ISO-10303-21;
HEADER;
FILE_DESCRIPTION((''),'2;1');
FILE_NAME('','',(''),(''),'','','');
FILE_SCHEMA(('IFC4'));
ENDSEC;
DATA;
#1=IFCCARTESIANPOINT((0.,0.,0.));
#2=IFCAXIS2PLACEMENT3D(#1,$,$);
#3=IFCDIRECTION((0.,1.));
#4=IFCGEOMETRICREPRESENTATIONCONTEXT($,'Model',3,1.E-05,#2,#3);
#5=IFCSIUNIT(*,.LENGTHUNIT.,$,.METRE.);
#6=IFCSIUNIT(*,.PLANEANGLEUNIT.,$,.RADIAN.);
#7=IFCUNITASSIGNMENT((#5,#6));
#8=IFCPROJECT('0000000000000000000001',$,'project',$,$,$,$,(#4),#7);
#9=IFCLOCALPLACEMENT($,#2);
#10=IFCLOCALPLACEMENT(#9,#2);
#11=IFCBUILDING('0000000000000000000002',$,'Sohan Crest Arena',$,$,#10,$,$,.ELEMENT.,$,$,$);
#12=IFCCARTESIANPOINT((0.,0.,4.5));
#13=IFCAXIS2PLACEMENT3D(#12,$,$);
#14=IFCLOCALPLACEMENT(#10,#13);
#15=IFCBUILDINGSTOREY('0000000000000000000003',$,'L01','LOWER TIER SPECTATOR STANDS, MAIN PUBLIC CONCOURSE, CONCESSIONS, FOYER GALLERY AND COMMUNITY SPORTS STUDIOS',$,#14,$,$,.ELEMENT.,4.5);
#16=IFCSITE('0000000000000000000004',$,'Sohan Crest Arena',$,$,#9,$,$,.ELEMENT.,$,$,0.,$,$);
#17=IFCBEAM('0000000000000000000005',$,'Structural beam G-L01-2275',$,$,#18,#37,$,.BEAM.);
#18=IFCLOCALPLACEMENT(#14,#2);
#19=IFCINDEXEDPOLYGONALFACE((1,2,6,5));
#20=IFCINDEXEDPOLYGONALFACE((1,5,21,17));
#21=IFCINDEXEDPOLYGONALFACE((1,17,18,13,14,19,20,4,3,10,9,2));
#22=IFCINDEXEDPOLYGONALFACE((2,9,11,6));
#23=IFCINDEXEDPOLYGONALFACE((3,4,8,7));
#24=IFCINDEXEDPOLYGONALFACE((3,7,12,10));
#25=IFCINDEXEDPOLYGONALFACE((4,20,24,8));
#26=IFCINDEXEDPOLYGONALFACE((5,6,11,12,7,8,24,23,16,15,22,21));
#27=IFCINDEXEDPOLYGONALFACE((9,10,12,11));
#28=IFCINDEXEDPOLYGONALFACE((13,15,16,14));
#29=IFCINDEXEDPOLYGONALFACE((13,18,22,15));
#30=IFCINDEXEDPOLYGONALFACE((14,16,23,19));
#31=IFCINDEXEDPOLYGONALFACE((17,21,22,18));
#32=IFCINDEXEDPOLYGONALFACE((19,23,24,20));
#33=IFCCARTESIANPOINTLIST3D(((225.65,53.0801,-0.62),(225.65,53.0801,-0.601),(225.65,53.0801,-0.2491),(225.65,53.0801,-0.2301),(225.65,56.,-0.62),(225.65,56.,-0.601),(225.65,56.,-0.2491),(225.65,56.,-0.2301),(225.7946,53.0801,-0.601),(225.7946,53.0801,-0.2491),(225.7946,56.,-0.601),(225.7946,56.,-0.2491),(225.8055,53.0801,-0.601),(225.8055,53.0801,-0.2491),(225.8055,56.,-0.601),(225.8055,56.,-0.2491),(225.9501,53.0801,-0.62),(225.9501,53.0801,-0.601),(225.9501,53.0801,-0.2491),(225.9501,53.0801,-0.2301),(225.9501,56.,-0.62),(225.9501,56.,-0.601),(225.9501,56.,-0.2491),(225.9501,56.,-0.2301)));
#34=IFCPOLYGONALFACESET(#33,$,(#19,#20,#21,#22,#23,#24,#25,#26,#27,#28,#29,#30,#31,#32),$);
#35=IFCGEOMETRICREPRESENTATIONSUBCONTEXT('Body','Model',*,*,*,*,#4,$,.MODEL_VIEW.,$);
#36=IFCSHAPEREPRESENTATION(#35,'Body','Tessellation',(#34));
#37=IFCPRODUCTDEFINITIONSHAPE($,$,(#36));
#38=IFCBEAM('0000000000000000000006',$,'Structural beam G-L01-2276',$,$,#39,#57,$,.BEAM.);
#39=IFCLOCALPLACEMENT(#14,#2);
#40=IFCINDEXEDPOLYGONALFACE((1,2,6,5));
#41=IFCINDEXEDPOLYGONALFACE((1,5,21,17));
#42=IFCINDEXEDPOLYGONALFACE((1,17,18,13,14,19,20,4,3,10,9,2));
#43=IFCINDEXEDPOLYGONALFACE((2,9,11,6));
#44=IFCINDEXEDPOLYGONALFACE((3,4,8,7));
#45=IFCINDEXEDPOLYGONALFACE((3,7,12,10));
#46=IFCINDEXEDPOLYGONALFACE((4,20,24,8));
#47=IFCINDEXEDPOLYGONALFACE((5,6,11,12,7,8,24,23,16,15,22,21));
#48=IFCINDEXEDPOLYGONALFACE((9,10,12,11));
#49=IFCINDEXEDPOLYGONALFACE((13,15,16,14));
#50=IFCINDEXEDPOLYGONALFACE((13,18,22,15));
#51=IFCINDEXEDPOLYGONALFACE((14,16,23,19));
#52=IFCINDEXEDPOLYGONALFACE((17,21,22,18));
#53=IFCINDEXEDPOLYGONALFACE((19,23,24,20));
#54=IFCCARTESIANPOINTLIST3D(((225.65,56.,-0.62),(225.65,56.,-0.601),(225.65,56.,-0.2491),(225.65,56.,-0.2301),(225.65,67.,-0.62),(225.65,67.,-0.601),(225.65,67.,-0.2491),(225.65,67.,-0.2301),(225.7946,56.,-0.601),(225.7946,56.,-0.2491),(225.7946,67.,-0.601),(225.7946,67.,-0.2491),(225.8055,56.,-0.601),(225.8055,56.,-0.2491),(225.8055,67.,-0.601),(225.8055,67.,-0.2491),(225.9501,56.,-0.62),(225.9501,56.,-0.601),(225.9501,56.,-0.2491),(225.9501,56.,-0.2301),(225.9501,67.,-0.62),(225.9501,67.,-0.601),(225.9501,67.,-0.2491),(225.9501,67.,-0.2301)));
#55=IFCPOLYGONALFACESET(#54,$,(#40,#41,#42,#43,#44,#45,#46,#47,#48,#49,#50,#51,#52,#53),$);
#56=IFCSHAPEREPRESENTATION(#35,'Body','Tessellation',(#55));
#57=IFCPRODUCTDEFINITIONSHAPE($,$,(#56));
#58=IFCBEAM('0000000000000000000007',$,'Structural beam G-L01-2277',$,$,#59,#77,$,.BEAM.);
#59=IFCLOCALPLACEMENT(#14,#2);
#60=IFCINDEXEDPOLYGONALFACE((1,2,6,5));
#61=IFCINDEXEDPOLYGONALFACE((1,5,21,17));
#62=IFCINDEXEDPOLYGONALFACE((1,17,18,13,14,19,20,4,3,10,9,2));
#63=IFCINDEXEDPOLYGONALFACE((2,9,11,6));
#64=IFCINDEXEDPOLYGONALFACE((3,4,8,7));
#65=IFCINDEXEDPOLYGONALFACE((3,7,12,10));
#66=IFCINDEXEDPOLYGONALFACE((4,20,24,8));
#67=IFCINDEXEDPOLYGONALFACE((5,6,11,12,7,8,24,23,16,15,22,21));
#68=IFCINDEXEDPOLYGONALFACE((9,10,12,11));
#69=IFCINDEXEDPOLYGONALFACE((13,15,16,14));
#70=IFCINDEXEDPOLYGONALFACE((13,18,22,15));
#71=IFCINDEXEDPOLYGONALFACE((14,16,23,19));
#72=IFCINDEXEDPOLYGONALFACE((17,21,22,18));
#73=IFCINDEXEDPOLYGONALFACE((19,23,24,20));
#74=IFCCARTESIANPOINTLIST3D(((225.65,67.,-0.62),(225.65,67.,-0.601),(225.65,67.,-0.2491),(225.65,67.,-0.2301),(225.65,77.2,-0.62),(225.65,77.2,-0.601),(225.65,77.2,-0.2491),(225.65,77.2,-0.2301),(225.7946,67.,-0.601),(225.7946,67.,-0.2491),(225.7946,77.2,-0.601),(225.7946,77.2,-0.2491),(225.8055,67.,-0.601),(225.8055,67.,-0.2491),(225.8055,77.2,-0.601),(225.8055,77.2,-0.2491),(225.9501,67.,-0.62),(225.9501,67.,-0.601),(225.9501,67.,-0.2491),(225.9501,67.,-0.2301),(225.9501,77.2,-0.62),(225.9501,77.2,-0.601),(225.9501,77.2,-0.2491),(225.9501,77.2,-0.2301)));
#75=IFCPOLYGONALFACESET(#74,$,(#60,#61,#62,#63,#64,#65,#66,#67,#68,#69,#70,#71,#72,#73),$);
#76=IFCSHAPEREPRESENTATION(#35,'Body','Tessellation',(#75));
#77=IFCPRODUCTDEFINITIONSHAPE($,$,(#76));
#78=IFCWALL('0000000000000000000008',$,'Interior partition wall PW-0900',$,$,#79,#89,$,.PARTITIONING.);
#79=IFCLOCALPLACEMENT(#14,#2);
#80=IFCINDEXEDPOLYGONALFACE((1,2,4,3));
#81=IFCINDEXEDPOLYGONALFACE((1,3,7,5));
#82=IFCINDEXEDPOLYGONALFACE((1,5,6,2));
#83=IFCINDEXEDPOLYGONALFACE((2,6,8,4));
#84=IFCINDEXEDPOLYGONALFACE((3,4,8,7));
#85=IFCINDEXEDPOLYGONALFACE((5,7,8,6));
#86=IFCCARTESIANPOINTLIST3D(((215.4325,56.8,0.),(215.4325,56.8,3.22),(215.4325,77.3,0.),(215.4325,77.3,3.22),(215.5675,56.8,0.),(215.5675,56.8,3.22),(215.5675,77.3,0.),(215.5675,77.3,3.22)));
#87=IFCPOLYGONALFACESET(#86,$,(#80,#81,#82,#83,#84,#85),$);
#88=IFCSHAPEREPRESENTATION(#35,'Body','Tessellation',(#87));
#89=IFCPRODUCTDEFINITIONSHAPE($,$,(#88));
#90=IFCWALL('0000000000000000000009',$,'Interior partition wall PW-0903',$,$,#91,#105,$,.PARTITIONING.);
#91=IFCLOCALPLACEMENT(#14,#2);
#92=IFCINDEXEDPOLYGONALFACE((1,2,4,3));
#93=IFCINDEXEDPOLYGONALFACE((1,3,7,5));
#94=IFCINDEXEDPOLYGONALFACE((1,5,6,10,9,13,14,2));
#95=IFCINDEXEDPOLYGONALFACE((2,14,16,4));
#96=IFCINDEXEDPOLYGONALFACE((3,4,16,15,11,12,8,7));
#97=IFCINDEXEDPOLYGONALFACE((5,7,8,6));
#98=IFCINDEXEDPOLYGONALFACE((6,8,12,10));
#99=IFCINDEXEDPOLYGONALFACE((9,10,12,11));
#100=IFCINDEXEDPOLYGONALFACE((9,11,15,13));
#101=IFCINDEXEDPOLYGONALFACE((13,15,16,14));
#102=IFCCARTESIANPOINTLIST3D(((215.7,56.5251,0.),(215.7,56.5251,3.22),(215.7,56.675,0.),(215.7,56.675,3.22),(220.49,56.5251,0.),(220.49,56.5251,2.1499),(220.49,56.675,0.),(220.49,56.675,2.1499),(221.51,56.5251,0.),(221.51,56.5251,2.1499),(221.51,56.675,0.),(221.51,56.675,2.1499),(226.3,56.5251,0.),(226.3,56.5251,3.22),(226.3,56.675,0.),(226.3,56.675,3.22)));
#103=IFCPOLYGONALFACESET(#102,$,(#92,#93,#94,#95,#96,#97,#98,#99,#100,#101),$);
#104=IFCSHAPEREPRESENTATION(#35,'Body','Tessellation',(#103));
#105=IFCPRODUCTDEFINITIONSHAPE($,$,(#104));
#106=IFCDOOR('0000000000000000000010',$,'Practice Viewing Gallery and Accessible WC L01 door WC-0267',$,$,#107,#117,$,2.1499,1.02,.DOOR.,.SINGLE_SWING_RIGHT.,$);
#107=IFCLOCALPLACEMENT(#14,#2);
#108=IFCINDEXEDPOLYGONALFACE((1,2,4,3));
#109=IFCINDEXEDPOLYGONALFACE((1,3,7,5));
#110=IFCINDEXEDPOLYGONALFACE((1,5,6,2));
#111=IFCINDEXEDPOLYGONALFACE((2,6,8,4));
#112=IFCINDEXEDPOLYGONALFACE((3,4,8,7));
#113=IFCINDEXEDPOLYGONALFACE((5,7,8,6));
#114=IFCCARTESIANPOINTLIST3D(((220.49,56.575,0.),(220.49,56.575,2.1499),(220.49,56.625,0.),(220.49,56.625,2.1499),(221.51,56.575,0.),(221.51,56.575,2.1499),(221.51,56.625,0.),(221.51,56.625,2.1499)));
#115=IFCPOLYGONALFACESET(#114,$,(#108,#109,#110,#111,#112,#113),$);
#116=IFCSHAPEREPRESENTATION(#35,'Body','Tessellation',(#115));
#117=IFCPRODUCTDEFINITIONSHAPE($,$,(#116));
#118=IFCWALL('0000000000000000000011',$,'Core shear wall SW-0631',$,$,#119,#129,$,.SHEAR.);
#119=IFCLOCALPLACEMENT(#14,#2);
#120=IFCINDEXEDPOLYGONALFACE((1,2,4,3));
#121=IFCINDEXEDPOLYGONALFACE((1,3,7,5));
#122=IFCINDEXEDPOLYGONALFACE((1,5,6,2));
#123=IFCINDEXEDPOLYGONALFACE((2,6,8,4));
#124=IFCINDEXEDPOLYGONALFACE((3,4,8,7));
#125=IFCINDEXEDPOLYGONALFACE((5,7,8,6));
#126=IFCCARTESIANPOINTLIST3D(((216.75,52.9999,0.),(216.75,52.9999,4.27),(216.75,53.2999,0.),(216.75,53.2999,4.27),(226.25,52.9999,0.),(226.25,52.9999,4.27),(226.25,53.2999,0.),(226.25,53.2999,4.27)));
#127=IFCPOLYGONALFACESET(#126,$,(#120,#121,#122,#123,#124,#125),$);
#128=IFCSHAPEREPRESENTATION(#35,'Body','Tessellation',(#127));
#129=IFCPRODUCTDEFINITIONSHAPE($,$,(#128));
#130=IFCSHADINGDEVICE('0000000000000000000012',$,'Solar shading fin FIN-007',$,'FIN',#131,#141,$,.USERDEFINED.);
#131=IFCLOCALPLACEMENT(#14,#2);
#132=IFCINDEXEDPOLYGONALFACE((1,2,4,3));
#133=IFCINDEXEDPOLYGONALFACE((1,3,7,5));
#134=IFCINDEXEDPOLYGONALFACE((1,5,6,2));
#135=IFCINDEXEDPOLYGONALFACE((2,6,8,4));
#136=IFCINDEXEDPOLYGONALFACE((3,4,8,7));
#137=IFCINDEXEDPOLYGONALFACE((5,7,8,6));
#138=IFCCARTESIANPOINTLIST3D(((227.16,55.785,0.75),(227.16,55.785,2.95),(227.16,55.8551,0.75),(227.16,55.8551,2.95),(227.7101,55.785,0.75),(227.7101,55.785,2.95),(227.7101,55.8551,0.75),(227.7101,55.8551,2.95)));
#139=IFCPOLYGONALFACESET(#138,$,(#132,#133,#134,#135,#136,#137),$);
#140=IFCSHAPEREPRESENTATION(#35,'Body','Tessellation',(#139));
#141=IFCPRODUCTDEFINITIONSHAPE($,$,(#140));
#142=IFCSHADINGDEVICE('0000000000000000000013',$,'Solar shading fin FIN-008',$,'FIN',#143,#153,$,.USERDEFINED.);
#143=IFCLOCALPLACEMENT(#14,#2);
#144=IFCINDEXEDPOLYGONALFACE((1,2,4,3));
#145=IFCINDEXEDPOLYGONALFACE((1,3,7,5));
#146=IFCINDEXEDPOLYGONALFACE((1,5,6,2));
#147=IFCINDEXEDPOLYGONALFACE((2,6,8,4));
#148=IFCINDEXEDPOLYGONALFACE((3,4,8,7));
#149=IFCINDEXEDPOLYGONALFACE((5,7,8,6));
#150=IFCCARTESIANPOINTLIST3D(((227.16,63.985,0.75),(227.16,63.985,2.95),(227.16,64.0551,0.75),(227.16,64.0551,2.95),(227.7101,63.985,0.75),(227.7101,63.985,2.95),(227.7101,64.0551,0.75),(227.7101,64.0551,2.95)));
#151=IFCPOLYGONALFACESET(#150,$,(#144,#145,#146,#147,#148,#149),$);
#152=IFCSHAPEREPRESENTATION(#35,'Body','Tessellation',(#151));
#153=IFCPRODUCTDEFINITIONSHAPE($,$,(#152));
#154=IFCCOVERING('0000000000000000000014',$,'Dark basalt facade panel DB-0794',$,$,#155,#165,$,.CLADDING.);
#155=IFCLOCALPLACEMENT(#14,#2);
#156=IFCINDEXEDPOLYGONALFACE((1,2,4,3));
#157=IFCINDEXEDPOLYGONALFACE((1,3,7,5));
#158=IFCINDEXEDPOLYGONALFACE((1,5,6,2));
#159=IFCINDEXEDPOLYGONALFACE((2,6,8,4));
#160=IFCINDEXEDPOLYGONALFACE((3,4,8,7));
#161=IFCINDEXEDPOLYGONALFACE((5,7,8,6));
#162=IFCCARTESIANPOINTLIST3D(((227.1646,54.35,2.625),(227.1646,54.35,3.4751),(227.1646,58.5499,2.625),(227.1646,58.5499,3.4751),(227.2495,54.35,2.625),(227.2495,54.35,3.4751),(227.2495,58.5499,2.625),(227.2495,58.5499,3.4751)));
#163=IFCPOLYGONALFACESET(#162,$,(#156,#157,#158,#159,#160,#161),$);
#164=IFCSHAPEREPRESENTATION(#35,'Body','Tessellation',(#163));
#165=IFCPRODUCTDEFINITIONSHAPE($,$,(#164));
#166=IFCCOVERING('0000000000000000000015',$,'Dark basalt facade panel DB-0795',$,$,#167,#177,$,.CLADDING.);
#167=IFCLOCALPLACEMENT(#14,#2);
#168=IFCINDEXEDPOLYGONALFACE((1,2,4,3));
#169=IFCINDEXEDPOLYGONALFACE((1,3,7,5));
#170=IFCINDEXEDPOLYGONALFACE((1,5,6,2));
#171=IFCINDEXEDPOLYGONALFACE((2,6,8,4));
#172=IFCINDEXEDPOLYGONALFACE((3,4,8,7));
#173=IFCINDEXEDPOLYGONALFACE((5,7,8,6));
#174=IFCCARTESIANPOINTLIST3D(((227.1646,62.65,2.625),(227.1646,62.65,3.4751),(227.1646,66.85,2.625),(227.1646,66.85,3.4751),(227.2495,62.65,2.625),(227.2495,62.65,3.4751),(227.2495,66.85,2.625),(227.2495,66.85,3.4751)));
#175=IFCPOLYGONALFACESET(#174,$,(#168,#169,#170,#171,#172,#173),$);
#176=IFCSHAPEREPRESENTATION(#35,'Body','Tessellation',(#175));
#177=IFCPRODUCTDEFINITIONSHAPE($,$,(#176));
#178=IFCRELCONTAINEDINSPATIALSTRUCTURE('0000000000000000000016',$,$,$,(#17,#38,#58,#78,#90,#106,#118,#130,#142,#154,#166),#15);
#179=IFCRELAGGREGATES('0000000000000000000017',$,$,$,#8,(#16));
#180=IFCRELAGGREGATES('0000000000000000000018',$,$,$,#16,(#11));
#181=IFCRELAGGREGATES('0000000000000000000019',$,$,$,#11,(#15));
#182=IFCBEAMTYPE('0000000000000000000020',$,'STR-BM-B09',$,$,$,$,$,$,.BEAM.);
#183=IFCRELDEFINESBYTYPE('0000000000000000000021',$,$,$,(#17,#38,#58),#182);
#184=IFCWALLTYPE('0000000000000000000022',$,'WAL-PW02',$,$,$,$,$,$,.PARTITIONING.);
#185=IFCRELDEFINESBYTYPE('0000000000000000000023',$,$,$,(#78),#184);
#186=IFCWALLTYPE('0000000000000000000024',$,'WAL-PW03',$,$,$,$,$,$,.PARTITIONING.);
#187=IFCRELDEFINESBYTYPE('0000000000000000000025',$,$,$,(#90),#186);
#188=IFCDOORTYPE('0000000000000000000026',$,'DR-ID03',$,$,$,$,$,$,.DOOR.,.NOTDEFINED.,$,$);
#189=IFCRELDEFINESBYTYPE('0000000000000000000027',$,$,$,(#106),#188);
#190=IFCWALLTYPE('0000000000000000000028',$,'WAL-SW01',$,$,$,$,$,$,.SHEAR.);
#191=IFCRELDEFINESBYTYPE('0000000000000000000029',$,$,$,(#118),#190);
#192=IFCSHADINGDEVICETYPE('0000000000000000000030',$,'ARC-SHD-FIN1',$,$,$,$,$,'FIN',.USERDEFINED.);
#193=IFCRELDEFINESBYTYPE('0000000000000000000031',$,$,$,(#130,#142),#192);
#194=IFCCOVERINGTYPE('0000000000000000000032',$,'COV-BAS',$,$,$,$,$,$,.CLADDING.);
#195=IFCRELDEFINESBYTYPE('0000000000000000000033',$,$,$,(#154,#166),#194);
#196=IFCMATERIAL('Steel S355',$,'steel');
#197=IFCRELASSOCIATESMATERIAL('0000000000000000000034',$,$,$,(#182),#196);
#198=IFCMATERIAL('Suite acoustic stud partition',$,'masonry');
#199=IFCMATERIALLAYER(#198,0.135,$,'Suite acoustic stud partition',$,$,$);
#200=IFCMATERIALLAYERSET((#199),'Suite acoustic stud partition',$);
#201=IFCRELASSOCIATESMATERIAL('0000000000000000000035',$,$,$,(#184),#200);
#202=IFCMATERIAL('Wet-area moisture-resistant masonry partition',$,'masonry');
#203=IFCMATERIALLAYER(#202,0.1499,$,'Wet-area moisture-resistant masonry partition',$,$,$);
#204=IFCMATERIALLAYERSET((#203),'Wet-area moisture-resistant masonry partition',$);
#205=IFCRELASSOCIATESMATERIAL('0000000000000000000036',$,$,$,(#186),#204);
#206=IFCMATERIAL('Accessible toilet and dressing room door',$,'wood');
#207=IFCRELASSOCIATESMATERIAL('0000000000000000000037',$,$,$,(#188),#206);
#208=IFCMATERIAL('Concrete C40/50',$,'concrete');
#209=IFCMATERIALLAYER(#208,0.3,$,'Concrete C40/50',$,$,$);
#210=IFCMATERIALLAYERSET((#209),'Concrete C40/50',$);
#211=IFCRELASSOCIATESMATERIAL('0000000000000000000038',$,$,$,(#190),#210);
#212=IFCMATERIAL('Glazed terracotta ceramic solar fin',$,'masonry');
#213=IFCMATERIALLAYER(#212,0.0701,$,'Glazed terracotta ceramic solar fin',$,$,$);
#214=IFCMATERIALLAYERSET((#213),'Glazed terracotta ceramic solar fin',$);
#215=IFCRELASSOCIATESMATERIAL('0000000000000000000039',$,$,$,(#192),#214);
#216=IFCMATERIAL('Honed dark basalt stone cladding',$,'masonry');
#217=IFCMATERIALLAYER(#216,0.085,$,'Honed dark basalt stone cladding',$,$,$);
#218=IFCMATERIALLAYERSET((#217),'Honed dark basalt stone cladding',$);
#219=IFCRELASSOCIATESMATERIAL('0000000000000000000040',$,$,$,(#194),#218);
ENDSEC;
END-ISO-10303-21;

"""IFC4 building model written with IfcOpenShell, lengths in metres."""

from ifc_helpers import new_model, si_unit, direction, frame, frame_2d, origin, origin_2d, place, context, subcontext, project, spatial, rectangle, i_section, extrude, material, layer, layer_set, material_profile, profile_set, type_object, element, fill, save


model = new_model("IFC4")

# Units and contexts
model_context = context("Model", 3, precision=1e-05, world=origin(), true_north=direction((0.0, 1.0)))
body_context = subcontext(model_context, "Body", "Model", "MODEL_VIEW")
ifc_project = project(units=[si_unit("LENGTHUNIT", "METRE"), si_unit("PLANEANGLEUNIT", "RADIAN")], contexts=[model_context])

# Site, building, storey
site_placement = place(None, origin())
site = spatial("IfcSite", under=ifc_project, at=site_placement, Name="Sohan Crest Arena", CompositionType="ELEMENT", RefElevation=0.0)
building_placement = place(site_placement, origin())
building = spatial("IfcBuilding", under=site, at=building_placement, Name="Sohan Crest Arena", CompositionType="ELEMENT")
storey_placement = place(building_placement, frame((0.0, 0.0, 4.5)))
storey = spatial("IfcBuildingStorey", under=building, at=storey_placement, Name="L01", Description="LOWER TIER SPECTATOR STANDS, MAIN PUBLIC CONCOURSE, CONCESSIONS, FOYER GALLERY AND COMMUNITY SPORTS STUDIOS", CompositionType="ELEMENT", Elevation=4.5)

# Shared definitions
ifc_material_1 = material(Name="Concrete C40/50", Category="concrete")

# Beams
ifc_material_2 = material(Name="Steel S355", Category="steel")
ifc_material_profile_1 = material_profile(ifc_material_2, i_section(OverallWidth=0.3, OverallDepth=0.3899, WebThickness=0.011, FlangeThickness=0.019, at=origin_2d()), Name="HEA 400")
ifc_profile_set_1 = profile_set([ifc_material_profile_1], Name="Steel S355")
beam_type_1 = type_object("IfcBeamType", Name="STR-BM-B09", PredefinedType="BEAM", material=ifc_profile_set_1)
beam_1_placement = place(storey_placement, frame((225.8, 53.0801, -0.425), z_axis=(0.0, 1.0, 0.0), x_axis=(-1.0, 0.0, 0.0)))
element("IfcBeam", 1, at=beam_1_placement, inside=storey, type_object=beam_type_1, Name="Structural beam G-L01-2275", PredefinedType="BEAM", context=body_context, shape_type="SweptSolid", body=[
    extrude(i_section(OverallWidth=0.3, OverallDepth=0.3899, WebThickness=0.011, FlangeThickness=0.019, at=origin_2d()), origin(), (0.0, 0.0, 1.0), 2.9199),
])
beam_2_placement = place(storey_placement, frame((225.8, 56.0, -0.425), z_axis=(0.0, 1.0, 0.0), x_axis=(-1.0, 0.0, 0.0)))
element("IfcBeam", 2, at=beam_2_placement, inside=storey, type_object=beam_type_1, Name="Structural beam G-L01-2276", PredefinedType="BEAM", context=body_context, shape_type="SweptSolid", body=[
    extrude(i_section(OverallWidth=0.3, OverallDepth=0.3899, WebThickness=0.011, FlangeThickness=0.019, at=origin_2d()), origin(), (0.0, 0.0, 1.0), 11.0),
])
beam_3_placement = place(storey_placement, frame((225.8, 67.0, -0.425), z_axis=(0.0, 1.0, 0.0), x_axis=(-1.0, 0.0, 0.0)))
element("IfcBeam", 3, at=beam_3_placement, inside=storey, type_object=beam_type_1, Name="Structural beam G-L01-2277", PredefinedType="BEAM", context=body_context, shape_type="SweptSolid", body=[
    extrude(i_section(OverallWidth=0.3, OverallDepth=0.3899, WebThickness=0.011, FlangeThickness=0.019, at=origin_2d()), origin(), (0.0, 0.0, 1.0), 10.2),
])

# Wall
ifc_material_3 = material(Name="Suite acoustic stud partition", Category="masonry")
ifc_layer_1 = layer(ifc_material_3, 0.135, Name="Suite acoustic stud partition")
ifc_layer_set_1 = layer_set([ifc_layer_1], Name="Suite acoustic stud partition")
wall_type_1 = type_object("IfcWallType", Name="WAL-PW02", PredefinedType="PARTITIONING", material=ifc_layer_set_1)
wall_1_placement = place(storey_placement, frame((215.5, 56.8, 0.0), z_axis=(0.0, 0.0, 1.0), x_axis=(0.0, 1.0, 0.0)))
element("IfcWall", 4, at=wall_1_placement, inside=storey, type_object=wall_type_1, Name="Interior partition wall PW-0900", PredefinedType="PARTITIONING", context=body_context, shape_type="SweptSolid", body=[
    extrude(rectangle(XDim=20.5, YDim=0.135, at=frame_2d((10.25, 0.0))), origin(), (0.0, 0.0, 1.0), 3.22),
])

# Wall, opening, door
ifc_material_4 = material(Name="Wet-area moisture-resistant masonry partition", Category="masonry")
ifc_layer_2 = layer(ifc_material_4, 0.1499, Name="Wet-area moisture-resistant masonry partition")
ifc_layer_set_2 = layer_set([ifc_layer_2], Name="Wet-area moisture-resistant masonry partition")
wall_type_2 = type_object("IfcWallType", Name="WAL-PW03", PredefinedType="PARTITIONING", material=ifc_layer_set_2)
wall_2_placement = place(storey_placement, frame((215.7, 56.6001, 0.0), z_axis=(0.0, 0.0, 1.0), x_axis=(1.0, 0.0, 0.0)))
wall_2 = element("IfcWall", 5, at=wall_2_placement, inside=storey, type_object=wall_type_2, Name="Interior partition wall PW-0903", PredefinedType="PARTITIONING", context=body_context, shape_type="SweptSolid", body=[
    extrude(rectangle(XDim=10.6001, YDim=0.1499, at=frame_2d((5.3, 0.0))), origin(), (0.0, 0.0, 1.0), 3.22),
])
opening_placement = place(wall_2_placement, frame((4.79, 0.0, 0.0)))
opening = element("IfcOpeningElement", 6, at=opening_placement, cuts=wall_2, PredefinedType="OPENING", context=body_context, shape_type="SweptSolid", body=[
    extrude(rectangle(XDim=1.02, YDim=2.1499, at=frame_2d((0.51, 1.075))), frame((0.0, 0.085, 0.0), z_axis=(0.0, -1.0, 0.0), x_axis=(1.0, 0.0, 0.0)), (0.0, 0.0, 1.0), 0.1699),
])
ifc_material_5 = material(Name="Accessible toilet and dressing room door", Category="wood")
door_type = type_object("IfcDoorType", Name="DR-ID03", OperationType="NOTDEFINED", PredefinedType="DOOR", material=ifc_material_5)
door_placement = place(opening_placement, origin())
door = element("IfcDoor", 7, at=door_placement, inside=storey, type_object=door_type, Name="Practice Viewing Gallery and Accessible WC L01 door WC-0267", OperationType="SINGLE_SWING_RIGHT", OverallHeight=2.1499, OverallWidth=1.02, PredefinedType="DOOR", context=body_context, shape_type="SweptSolid", body=[
    extrude(rectangle(XDim=1.02, YDim=2.1499, at=frame_2d((0.51, 1.075))), frame((0.0, 0.0249, 0.0), z_axis=(0.0, -1.0, 0.0), x_axis=(1.0, 0.0, 0.0)), (0.0, 0.0, 1.0), 0.05),
])
fill(opening, door)

# Wall
ifc_layer_3 = layer(ifc_material_1, 0.3, Name="Concrete C40/50")
ifc_layer_set_3 = layer_set([ifc_layer_3], Name="Concrete C40/50")
wall_type_3 = type_object("IfcWallType", Name="WAL-SW01", PredefinedType="SHEAR", material=ifc_layer_set_3)
wall_3_placement = place(storey_placement, frame((216.75, 53.1499, 0.0), z_axis=(0.0, 0.0, 1.0), x_axis=(1.0, 0.0, 0.0)))
element("IfcWall", 8, at=wall_3_placement, inside=storey, type_object=wall_type_3, Name="Core shear wall SW-0631", PredefinedType="SHEAR", context=body_context, shape_type="SweptSolid", body=[
    extrude(rectangle(XDim=9.5, YDim=0.3, at=frame_2d((4.75, 0.0))), origin(), (0.0, 0.0, 1.0), 4.27),
])

# Shading devices
ifc_material_6 = material(Name="Glazed terracotta ceramic solar fin", Category="masonry")
ifc_layer_4 = layer(ifc_material_6, 0.0701, Name="Glazed terracotta ceramic solar fin")
ifc_layer_set_4 = layer_set([ifc_layer_4], Name="Glazed terracotta ceramic solar fin")
shading_device_type = type_object("IfcShadingDeviceType", Name="ARC-SHD-FIN1", ElementType="FIN", PredefinedType="USERDEFINED", material=ifc_layer_set_4)
for number, where, z_axis, x_axis, name in (
    (9, (227.4351, 55.8201, 0.75), (0.0, 0.0, 1.0), (0.0, 1.0, 0.0), "Solar shading fin FIN-007"),
    (10, (227.4351, 64.02, 0.75), (0.0, 0.0, 1.0), (0.0, 1.0, 0.0), "Solar shading fin FIN-008"),
):
    element("IfcShadingDevice", number, at=place(storey_placement, frame(where, z_axis=z_axis, x_axis=x_axis)), inside=storey, type_object=shading_device_type, Name=name, ObjectType="FIN", PredefinedType="USERDEFINED", context=body_context, shape_type="SweptSolid", body=[
        extrude(rectangle(XDim=0.0701, YDim=0.55, at=origin_2d()), origin(), (0.0, 0.0, 1.0), 2.2),
    ])

# Coverings
ifc_material_7 = material(Name="Honed dark basalt stone cladding", Category="masonry")
ifc_layer_5 = layer(ifc_material_7, 0.085, Name="Honed dark basalt stone cladding")
ifc_layer_set_5 = layer_set([ifc_layer_5], Name="Honed dark basalt stone cladding")
covering_type = type_object("IfcCoveringType", Name="COV-BAS", PredefinedType="CLADDING", material=ifc_layer_set_5)
for number, where, z_axis, x_axis, name in (
    (11, (227.207, 56.45, 2.625), (0.0, 0.0, 1.0), (0.0, 1.0, 0.0), "Dark basalt facade panel DB-0794"),
    (12, (227.207, 64.75, 2.625), (0.0, 0.0, 1.0), (0.0, 1.0, 0.0), "Dark basalt facade panel DB-0795"),
):
    element("IfcCovering", number, at=place(storey_placement, frame(where, z_axis=z_axis, x_axis=x_axis)), inside=storey, type_object=covering_type, Name=name, PredefinedType="CLADDING", context=body_context, shape_type="SweptSolid", body=[
        extrude(rectangle(XDim=4.2, YDim=0.085, at=origin_2d()), origin(), (0.0, 0.0, 1.0), 0.8501),
    ])

save(model, "model.ifc")
